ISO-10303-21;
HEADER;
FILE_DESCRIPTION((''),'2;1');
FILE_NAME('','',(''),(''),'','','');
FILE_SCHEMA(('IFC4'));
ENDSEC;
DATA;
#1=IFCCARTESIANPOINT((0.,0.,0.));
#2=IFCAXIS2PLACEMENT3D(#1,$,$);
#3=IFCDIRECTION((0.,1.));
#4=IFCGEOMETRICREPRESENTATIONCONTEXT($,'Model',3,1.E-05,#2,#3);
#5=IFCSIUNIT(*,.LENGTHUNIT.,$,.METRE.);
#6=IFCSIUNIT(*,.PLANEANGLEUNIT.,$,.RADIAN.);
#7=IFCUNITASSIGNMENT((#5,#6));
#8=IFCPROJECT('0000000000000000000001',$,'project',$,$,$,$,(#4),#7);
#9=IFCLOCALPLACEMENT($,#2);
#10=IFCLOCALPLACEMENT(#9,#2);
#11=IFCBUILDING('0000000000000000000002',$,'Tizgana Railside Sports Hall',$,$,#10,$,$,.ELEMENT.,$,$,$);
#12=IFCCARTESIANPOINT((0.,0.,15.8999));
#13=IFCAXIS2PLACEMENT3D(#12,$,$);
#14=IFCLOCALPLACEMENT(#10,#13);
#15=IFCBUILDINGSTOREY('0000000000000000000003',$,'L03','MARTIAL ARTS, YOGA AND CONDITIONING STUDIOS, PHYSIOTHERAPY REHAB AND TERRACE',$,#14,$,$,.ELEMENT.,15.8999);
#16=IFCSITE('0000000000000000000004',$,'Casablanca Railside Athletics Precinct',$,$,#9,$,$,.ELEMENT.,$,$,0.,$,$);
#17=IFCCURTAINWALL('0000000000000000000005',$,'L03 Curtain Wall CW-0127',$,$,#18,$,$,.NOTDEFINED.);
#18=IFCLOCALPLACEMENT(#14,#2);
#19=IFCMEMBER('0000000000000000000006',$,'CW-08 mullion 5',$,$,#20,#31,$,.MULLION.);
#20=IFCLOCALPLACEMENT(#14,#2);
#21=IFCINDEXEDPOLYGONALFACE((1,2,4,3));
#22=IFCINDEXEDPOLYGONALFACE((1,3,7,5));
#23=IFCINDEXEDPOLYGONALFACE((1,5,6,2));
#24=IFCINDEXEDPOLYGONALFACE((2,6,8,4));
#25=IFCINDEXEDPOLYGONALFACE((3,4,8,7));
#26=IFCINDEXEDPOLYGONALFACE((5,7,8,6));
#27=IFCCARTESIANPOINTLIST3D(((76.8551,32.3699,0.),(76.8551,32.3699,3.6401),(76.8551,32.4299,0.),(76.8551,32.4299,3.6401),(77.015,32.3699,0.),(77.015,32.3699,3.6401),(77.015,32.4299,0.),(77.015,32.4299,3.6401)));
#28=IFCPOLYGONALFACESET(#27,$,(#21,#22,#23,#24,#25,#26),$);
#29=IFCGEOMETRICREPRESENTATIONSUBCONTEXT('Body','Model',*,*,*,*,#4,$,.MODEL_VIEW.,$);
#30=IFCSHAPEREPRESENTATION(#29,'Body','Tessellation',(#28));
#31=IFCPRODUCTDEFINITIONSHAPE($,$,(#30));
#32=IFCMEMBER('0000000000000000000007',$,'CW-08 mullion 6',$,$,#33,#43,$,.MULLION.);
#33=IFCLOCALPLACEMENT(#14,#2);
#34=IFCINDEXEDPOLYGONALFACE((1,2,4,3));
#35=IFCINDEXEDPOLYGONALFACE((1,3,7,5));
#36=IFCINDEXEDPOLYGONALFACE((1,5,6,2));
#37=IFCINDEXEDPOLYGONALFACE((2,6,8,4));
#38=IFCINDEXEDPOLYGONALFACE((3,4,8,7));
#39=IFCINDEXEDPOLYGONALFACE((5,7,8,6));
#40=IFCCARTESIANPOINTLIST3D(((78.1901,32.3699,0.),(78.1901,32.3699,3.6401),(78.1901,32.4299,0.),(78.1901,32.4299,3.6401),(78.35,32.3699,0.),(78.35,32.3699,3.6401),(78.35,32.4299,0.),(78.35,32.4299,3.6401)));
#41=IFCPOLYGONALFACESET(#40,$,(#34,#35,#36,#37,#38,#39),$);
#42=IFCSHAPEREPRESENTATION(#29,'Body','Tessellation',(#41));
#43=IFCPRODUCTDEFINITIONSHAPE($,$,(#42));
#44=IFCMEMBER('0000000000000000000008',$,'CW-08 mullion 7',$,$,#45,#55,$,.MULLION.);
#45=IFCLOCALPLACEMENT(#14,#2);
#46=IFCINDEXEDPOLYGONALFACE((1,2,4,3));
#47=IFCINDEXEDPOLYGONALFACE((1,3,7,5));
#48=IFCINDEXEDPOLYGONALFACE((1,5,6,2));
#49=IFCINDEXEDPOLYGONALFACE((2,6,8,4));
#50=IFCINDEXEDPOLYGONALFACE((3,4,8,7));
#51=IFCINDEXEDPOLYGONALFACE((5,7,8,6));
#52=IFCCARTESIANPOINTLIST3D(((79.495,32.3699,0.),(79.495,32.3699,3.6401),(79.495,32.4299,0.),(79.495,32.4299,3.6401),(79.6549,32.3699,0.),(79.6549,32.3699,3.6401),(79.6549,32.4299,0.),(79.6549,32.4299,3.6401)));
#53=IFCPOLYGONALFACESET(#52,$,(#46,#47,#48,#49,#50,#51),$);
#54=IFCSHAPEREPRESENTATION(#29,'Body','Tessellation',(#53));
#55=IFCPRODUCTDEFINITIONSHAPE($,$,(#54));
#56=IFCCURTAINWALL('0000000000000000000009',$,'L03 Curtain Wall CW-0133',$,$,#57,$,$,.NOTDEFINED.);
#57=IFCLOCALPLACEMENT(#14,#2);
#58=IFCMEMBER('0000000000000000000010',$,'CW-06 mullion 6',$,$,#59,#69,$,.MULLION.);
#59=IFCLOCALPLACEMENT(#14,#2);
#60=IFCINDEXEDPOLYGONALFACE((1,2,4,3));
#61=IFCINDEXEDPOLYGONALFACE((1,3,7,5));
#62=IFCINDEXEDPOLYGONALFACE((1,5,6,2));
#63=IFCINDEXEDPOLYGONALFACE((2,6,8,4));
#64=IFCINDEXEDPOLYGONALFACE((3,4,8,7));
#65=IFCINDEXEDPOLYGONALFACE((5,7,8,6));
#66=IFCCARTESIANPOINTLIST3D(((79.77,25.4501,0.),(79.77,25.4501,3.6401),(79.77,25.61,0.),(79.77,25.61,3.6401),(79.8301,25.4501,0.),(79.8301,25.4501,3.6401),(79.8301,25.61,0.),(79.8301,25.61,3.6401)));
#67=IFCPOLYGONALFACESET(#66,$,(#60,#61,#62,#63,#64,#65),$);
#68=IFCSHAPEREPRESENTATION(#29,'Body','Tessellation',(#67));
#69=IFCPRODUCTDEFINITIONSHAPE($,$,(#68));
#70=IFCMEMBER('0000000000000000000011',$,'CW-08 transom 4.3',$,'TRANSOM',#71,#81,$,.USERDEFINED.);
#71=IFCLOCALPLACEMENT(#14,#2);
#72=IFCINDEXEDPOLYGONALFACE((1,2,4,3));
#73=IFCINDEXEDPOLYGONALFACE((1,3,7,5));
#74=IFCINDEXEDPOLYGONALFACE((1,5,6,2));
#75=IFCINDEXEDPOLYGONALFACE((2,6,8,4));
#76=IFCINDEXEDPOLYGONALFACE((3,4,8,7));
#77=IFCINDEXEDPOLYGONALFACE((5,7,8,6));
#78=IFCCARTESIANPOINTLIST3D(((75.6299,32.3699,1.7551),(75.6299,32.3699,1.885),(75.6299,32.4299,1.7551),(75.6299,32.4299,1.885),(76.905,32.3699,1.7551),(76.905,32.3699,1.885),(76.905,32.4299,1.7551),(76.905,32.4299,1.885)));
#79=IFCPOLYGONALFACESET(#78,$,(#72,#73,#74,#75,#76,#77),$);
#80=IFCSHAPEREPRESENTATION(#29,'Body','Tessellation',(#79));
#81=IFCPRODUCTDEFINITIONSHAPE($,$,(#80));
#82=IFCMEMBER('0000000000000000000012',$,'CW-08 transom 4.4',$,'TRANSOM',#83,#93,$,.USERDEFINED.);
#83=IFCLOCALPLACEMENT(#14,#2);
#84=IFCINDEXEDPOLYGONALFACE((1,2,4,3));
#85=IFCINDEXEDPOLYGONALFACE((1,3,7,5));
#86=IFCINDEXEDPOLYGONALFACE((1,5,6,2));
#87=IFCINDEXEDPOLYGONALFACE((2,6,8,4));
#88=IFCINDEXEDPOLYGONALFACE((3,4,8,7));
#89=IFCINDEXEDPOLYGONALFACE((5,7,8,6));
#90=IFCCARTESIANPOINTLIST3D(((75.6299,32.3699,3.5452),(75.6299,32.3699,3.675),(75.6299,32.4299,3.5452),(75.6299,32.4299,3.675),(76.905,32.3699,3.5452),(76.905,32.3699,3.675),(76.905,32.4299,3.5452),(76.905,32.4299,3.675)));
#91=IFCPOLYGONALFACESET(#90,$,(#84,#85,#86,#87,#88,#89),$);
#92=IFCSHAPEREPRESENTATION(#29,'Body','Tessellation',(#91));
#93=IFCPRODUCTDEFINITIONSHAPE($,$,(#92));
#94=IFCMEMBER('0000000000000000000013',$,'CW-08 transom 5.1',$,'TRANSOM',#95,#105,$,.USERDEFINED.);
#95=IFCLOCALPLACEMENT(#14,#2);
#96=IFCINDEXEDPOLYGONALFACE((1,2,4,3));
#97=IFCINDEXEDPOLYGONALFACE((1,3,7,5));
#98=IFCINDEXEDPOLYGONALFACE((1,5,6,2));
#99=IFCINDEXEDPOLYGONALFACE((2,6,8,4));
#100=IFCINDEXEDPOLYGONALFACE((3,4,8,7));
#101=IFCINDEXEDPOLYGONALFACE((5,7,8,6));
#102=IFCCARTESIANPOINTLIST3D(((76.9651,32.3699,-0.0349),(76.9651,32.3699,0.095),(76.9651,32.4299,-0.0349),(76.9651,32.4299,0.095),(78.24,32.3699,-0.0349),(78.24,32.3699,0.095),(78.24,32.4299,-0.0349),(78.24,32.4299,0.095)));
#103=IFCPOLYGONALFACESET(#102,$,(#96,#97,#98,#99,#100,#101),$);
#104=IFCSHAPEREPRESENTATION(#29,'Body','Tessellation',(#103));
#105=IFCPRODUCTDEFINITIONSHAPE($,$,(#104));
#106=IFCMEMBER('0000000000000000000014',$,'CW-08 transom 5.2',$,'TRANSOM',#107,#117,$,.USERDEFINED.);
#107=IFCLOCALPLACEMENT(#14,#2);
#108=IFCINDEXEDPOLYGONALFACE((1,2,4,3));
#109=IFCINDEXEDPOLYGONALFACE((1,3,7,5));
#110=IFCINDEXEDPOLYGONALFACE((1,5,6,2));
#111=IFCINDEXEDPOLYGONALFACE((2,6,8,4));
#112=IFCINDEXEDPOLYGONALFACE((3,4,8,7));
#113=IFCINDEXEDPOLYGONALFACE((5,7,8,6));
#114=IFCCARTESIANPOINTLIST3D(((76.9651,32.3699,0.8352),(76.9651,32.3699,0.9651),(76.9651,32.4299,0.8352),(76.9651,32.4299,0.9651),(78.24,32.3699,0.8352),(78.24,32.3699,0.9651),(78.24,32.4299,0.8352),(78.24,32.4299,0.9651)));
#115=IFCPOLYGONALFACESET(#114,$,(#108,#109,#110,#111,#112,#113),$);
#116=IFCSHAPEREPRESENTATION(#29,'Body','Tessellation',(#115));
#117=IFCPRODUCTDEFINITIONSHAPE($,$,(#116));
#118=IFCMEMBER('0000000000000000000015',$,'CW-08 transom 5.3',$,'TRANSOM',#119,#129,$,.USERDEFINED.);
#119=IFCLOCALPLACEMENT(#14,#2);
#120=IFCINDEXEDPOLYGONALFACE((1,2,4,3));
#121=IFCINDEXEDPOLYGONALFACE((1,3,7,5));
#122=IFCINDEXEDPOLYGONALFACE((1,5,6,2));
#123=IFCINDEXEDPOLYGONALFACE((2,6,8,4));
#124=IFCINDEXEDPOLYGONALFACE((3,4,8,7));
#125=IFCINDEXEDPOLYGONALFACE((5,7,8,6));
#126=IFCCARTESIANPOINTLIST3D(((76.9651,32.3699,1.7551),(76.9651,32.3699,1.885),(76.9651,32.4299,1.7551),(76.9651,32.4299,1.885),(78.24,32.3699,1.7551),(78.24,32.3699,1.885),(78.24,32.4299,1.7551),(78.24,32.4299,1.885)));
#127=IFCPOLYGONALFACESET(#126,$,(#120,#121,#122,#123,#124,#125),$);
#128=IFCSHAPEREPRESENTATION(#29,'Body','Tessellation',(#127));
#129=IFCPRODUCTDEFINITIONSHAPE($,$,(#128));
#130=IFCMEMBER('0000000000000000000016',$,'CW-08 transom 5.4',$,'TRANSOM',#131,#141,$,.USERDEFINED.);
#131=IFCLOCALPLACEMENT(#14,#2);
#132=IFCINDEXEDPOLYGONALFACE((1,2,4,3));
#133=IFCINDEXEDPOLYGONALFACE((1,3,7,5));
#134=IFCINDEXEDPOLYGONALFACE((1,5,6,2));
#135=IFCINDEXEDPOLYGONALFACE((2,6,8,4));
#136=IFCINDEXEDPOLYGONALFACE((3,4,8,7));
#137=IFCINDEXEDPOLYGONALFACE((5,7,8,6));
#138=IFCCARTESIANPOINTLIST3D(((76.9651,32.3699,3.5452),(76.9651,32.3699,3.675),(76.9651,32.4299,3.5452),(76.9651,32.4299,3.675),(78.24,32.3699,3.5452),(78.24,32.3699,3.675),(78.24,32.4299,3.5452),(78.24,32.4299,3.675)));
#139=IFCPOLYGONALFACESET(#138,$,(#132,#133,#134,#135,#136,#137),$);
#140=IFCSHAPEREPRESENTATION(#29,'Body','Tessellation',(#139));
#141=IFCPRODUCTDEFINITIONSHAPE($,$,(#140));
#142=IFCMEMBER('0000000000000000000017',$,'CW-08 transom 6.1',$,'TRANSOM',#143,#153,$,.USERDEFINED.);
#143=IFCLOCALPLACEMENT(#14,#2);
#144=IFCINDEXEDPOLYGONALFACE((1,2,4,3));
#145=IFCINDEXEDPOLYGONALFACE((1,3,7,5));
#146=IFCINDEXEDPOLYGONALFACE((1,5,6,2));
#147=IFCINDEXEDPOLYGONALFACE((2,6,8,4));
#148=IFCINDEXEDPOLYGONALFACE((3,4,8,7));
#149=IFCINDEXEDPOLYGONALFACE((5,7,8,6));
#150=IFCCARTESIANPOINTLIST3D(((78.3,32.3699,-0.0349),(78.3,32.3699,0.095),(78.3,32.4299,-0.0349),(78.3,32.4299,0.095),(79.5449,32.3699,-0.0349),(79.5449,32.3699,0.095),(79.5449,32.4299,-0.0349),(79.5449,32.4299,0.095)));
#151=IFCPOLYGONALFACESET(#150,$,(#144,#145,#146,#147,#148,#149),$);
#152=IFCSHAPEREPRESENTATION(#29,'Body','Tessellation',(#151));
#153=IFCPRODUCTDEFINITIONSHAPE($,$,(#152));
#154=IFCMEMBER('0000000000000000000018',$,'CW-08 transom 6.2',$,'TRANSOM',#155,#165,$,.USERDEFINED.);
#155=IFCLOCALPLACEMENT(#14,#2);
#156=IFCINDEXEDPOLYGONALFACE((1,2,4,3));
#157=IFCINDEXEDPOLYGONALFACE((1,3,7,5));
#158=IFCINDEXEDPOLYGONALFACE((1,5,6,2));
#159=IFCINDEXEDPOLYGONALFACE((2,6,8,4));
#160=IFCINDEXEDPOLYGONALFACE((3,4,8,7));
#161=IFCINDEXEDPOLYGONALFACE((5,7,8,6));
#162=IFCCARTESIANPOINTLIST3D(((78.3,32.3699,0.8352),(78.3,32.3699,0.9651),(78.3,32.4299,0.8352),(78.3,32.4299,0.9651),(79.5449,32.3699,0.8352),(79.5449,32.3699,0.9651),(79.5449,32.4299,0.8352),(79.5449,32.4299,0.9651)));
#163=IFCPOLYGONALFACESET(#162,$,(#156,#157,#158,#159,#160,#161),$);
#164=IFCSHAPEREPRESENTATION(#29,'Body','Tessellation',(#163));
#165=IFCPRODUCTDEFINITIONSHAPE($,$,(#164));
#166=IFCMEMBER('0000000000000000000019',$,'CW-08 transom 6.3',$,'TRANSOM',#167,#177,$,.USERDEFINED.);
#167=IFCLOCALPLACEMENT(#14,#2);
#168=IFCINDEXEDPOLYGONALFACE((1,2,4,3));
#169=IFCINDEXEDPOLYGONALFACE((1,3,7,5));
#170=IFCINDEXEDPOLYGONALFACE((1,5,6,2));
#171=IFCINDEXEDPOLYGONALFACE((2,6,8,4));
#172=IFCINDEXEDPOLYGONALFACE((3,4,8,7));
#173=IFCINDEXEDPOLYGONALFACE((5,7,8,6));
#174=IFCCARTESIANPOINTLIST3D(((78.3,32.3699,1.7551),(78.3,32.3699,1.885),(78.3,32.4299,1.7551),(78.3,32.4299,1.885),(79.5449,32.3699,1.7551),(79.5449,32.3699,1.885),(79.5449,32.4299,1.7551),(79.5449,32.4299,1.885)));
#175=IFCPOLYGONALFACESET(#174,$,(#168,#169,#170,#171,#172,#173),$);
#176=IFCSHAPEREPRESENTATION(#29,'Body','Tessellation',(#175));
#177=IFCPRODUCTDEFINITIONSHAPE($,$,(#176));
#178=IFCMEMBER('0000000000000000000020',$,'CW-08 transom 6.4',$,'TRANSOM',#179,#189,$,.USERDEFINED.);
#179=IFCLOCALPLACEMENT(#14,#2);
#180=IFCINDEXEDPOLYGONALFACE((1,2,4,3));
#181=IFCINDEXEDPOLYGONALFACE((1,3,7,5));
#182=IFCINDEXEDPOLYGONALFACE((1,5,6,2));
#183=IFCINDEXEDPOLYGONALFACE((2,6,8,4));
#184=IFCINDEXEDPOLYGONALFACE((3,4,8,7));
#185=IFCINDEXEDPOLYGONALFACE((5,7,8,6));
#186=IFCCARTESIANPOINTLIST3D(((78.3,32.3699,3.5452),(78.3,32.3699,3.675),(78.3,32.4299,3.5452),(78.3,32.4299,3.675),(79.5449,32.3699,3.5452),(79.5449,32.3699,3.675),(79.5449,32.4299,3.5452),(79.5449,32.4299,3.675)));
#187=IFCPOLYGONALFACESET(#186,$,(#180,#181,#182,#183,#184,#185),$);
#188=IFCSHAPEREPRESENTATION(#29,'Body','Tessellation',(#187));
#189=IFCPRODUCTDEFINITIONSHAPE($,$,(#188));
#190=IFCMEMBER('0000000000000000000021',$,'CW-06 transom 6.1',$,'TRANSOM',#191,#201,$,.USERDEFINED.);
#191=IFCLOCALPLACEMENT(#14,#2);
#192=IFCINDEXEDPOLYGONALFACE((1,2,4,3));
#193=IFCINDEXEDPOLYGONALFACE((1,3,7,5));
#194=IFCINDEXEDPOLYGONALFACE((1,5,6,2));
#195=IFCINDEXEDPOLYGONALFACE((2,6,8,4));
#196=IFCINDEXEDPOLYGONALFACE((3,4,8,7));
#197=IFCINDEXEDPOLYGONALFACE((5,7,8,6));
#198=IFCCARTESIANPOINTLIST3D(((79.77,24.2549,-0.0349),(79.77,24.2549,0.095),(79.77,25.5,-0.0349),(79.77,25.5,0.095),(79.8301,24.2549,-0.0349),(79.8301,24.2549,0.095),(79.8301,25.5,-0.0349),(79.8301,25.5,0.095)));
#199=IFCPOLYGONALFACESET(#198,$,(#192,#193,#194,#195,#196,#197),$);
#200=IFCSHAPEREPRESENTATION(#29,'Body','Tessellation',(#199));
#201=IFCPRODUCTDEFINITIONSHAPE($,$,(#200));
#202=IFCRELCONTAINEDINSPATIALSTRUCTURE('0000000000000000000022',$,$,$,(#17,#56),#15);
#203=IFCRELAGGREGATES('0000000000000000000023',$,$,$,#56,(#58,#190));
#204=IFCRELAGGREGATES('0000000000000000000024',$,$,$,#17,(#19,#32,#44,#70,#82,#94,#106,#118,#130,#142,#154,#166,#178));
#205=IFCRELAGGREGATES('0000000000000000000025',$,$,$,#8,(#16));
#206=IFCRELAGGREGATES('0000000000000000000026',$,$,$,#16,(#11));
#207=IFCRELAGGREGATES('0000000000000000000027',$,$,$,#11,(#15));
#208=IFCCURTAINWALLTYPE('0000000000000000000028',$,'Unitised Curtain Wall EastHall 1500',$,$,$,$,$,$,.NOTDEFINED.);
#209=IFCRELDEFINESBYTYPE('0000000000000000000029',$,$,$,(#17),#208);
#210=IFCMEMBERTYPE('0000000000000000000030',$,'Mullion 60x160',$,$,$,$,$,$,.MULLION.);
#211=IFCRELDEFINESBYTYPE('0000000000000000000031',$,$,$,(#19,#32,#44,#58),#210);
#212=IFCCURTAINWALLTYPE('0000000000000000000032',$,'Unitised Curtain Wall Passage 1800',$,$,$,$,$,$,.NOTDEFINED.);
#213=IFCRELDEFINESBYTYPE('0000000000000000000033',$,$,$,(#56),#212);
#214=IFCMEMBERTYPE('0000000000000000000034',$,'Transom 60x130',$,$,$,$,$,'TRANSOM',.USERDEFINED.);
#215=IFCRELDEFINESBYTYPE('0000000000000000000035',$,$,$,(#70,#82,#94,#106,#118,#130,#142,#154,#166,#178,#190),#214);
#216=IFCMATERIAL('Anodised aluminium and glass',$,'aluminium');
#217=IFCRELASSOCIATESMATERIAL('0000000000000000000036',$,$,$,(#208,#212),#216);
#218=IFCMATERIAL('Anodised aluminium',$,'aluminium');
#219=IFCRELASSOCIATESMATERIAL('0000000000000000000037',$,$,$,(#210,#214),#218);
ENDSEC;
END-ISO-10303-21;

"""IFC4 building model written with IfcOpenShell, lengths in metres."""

from ifc_helpers import new_model, si_unit, direction, frame, origin, origin_2d, place, context, subcontext, project, spatial, rectangle, extrude, material, material_profile, profile_set, type_object, element, aggregate, save


model = new_model("IFC4")

# Units and contexts
model_context = context("Model", 3, precision=1e-05, world=origin(), true_north=direction((0.0, 1.0)))
body_context = subcontext(model_context, "Body", "Model", "MODEL_VIEW")
ifc_project = project(units=[si_unit("LENGTHUNIT", "METRE"), si_unit("PLANEANGLEUNIT", "RADIAN")], contexts=[model_context])

# Site, building, storey
site_placement = place(None, origin())
site = spatial("IfcSite", under=ifc_project, at=site_placement, Name="Casablanca Railside Athletics Precinct", CompositionType="ELEMENT", RefElevation=0.0)
building_placement = place(site_placement, origin())
building = spatial("IfcBuilding", under=site, at=building_placement, Name="Tizgana Railside Sports Hall", CompositionType="ELEMENT")
storey_placement = place(building_placement, frame((0.0, 0.0, 15.8999)))
storey = spatial("IfcBuildingStorey", under=building, at=storey_placement, Name="L03", Description="MARTIAL ARTS, YOGA AND CONDITIONING STUDIOS, PHYSIOTHERAPY REHAB AND TERRACE", CompositionType="ELEMENT", Elevation=15.8999)

# Curtain wall, members
ifc_material_1 = material(Name="Anodised aluminium and glass", Category="aluminium")
curtain_wall_type_1 = type_object("IfcCurtainWallType", Name="Unitised Curtain Wall EastHall 1500", PredefinedType="NOTDEFINED", material=ifc_material_1)
curtain_wall_1_placement = place(storey_placement, origin())
curtain_wall_1 = element("IfcCurtainWall", 1, at=curtain_wall_1_placement, inside=storey, type_object=curtain_wall_type_1, Name="L03 Curtain Wall CW-0127", PredefinedType="NOTDEFINED")
ifc_material_2 = material(Name="Anodised aluminium", Category="aluminium")
ifc_material_profile_1 = material_profile(ifc_material_2, rectangle(XDim=0.0601, YDim=0.1599, at=origin_2d()), Name="Mullion 60x160")
ifc_profile_set_1 = profile_set([ifc_material_profile_1], Name="Anodised aluminium")
member_type_1 = type_object("IfcMemberType", Name="Mullion 60x160", PredefinedType="MULLION", material=ifc_profile_set_1)
member_1_placement = place(storey_placement, frame((76.9351, 32.3999, 0.0), z_axis=(0.0, 0.0, 1.0), x_axis=(0.0, 1.0, 0.0)))
member_1 = element("IfcMember", 2, at=member_1_placement, type_object=member_type_1, Name="CW-08 mullion 5", PredefinedType="MULLION", context=body_context, shape_type="SweptSolid", body=[
    extrude(rectangle(XDim=0.0601, YDim=0.1599, at=origin_2d()), origin(), (0.0, 0.0, 1.0), 3.6401),
])
member_2_placement = place(storey_placement, frame((78.27, 32.3999, 0.0), z_axis=(0.0, 0.0, 1.0), x_axis=(0.0, 1.0, 0.0)))
member_2 = element("IfcMember", 3, at=member_2_placement, type_object=member_type_1, Name="CW-08 mullion 6", PredefinedType="MULLION", context=body_context, shape_type="SweptSolid", body=[
    extrude(rectangle(XDim=0.0601, YDim=0.1599, at=origin_2d()), origin(), (0.0, 0.0, 1.0), 3.6401),
])
member_3_placement = place(storey_placement, frame((79.575, 32.3999, 0.0), z_axis=(0.0, 0.0, 1.0), x_axis=(0.0, 1.0, 0.0)))
member_3 = element("IfcMember", 4, at=member_3_placement, type_object=member_type_1, Name="CW-08 mullion 7", PredefinedType="MULLION", context=body_context, shape_type="SweptSolid", body=[
    extrude(rectangle(XDim=0.0601, YDim=0.1599, at=origin_2d()), origin(), (0.0, 0.0, 1.0), 3.6401),
])

# Curtain wall, member
curtain_wall_type_2 = type_object("IfcCurtainWallType", Name="Unitised Curtain Wall Passage 1800", PredefinedType="NOTDEFINED", material=ifc_material_1)
curtain_wall_2_placement = place(storey_placement, origin())
curtain_wall_2 = element("IfcCurtainWall", 5, at=curtain_wall_2_placement, inside=storey, type_object=curtain_wall_type_2, Name="L03 Curtain Wall CW-0133", PredefinedType="NOTDEFINED")
member_4_placement = place(storey_placement, frame((79.8, 25.53, 0.0), z_axis=(0.0, 0.0, 1.0), x_axis=(1.0, 0.0, 0.0)))
member_4 = element("IfcMember", 6, at=member_4_placement, type_object=member_type_1, Name="CW-06 mullion 6", PredefinedType="MULLION", context=body_context, shape_type="SweptSolid", body=[
    extrude(rectangle(XDim=0.0601, YDim=0.1599, at=origin_2d()), origin(), (0.0, 0.0, 1.0), 3.6401),
])

# Members
ifc_material_profile_2 = material_profile(ifc_material_2, rectangle(XDim=0.0601, YDim=0.1299, at=origin_2d()), Name="Transom 60x130")
ifc_profile_set_2 = profile_set([ifc_material_profile_2], Name="Anodised aluminium")
member_type_2 = type_object("IfcMemberType", Name="Transom 60x130", ElementType="TRANSOM", PredefinedType="USERDEFINED", material=ifc_profile_set_2)
member_5_placement = place(storey_placement, frame((75.6299, 32.3999, 1.8201), z_axis=(1.0, 0.0, 0.0), x_axis=(0.0, 1.0, 0.0)))
member_5 = element("IfcMember", 7, at=member_5_placement, type_object=member_type_2, Name="CW-08 transom 4.3", ObjectType="TRANSOM", PredefinedType="USERDEFINED", context=body_context, shape_type="SweptSolid", body=[
    extrude(rectangle(XDim=0.0601, YDim=0.1299, at=origin_2d()), origin(), (0.0, 0.0, 1.0), 1.2751),
])
member_6_placement = place(storey_placement, frame((75.6299, 32.3999, 3.6101), z_axis=(1.0, 0.0, 0.0), x_axis=(0.0, 1.0, 0.0)))
member_6 = element("IfcMember", 8, at=member_6_placement, type_object=member_type_2, Name="CW-08 transom 4.4", ObjectType="TRANSOM", PredefinedType="USERDEFINED", context=body_context, shape_type="SweptSolid", body=[
    extrude(rectangle(XDim=0.0601, YDim=0.1299, at=origin_2d()), origin(), (0.0, 0.0, 1.0), 1.2751),
])
member_7_placement = place(storey_placement, frame((76.9651, 32.3999, 0.03), z_axis=(1.0, 0.0, 0.0), x_axis=(0.0, 1.0, 0.0)))
member_7 = element("IfcMember", 9, at=member_7_placement, type_object=member_type_2, Name="CW-08 transom 5.1", ObjectType="TRANSOM", PredefinedType="USERDEFINED", context=body_context, shape_type="SweptSolid", body=[
    extrude(rectangle(XDim=0.0601, YDim=0.1299, at=origin_2d()), origin(), (0.0, 0.0, 1.0), 1.2749),
])
member_8_placement = place(storey_placement, frame((76.9651, 32.3999, 0.9001), z_axis=(1.0, 0.0, 0.0), x_axis=(0.0, 1.0, 0.0)))
member_8 = element("IfcMember", 10, at=member_8_placement, type_object=member_type_2, Name="CW-08 transom 5.2", ObjectType="TRANSOM", PredefinedType="USERDEFINED", context=body_context, shape_type="SweptSolid", body=[
    extrude(rectangle(XDim=0.0601, YDim=0.1299, at=origin_2d()), origin(), (0.0, 0.0, 1.0), 1.2749),
])
member_9_placement = place(storey_placement, frame((76.9651, 32.3999, 1.8201), z_axis=(1.0, 0.0, 0.0), x_axis=(0.0, 1.0, 0.0)))
member_9 = element("IfcMember", 11, at=member_9_placement, type_object=member_type_2, Name="CW-08 transom 5.3", ObjectType="TRANSOM", PredefinedType="USERDEFINED", context=body_context, shape_type="SweptSolid", body=[
    extrude(rectangle(XDim=0.0601, YDim=0.1299, at=origin_2d()), origin(), (0.0, 0.0, 1.0), 1.2749),
])
member_10_placement = place(storey_placement, frame((76.9651, 32.3999, 3.6101), z_axis=(1.0, 0.0, 0.0), x_axis=(0.0, 1.0, 0.0)))
member_10 = element("IfcMember", 12, at=member_10_placement, type_object=member_type_2, Name="CW-08 transom 5.4", ObjectType="TRANSOM", PredefinedType="USERDEFINED", context=body_context, shape_type="SweptSolid", body=[
    extrude(rectangle(XDim=0.0601, YDim=0.1299, at=origin_2d()), origin(), (0.0, 0.0, 1.0), 1.2749),
])
member_11_placement = place(storey_placement, frame((78.3, 32.3999, 0.03), z_axis=(1.0, 0.0, 0.0), x_axis=(0.0, 1.0, 0.0)))
member_11 = element("IfcMember", 13, at=member_11_placement, type_object=member_type_2, Name="CW-08 transom 6.1", ObjectType="TRANSOM", PredefinedType="USERDEFINED", context=body_context, shape_type="SweptSolid", body=[
    extrude(rectangle(XDim=0.0601, YDim=0.1299, at=origin_2d()), origin(), (0.0, 0.0, 1.0), 1.2449),
])
member_12_placement = place(storey_placement, frame((78.3, 32.3999, 0.9001), z_axis=(1.0, 0.0, 0.0), x_axis=(0.0, 1.0, 0.0)))
member_12 = element("IfcMember", 14, at=member_12_placement, type_object=member_type_2, Name="CW-08 transom 6.2", ObjectType="TRANSOM", PredefinedType="USERDEFINED", context=body_context, shape_type="SweptSolid", body=[
    extrude(rectangle(XDim=0.0601, YDim=0.1299, at=origin_2d()), origin(), (0.0, 0.0, 1.0), 1.2449),
])
member_13_placement = place(storey_placement, frame((78.3, 32.3999, 1.8201), z_axis=(1.0, 0.0, 0.0), x_axis=(0.0, 1.0, 0.0)))
member_13 = element("IfcMember", 15, at=member_13_placement, type_object=member_type_2, Name="CW-08 transom 6.3", ObjectType="TRANSOM", PredefinedType="USERDEFINED", context=body_context, shape_type="SweptSolid", body=[
    extrude(rectangle(XDim=0.0601, YDim=0.1299, at=origin_2d()), origin(), (0.0, 0.0, 1.0), 1.2449),
])
member_14_placement = place(storey_placement, frame((78.3, 32.3999, 3.6101), z_axis=(1.0, 0.0, 0.0), x_axis=(0.0, 1.0, 0.0)))
member_14 = element("IfcMember", 16, at=member_14_placement, type_object=member_type_2, Name="CW-08 transom 6.4", ObjectType="TRANSOM", PredefinedType="USERDEFINED", context=body_context, shape_type="SweptSolid", body=[
    extrude(rectangle(XDim=0.0601, YDim=0.1299, at=origin_2d()), origin(), (0.0, 0.0, 1.0), 1.2449),
])
member_15_placement = place(storey_placement, frame((79.8, 25.5, 0.03), z_axis=(0.0, -1.0, 0.0), x_axis=(1.0, 0.0, 0.0)))
member_15 = element("IfcMember", 17, at=member_15_placement, type_object=member_type_2, Name="CW-06 transom 6.1", ObjectType="TRANSOM", PredefinedType="USERDEFINED", context=body_context, shape_type="SweptSolid", body=[
    extrude(rectangle(XDim=0.0601, YDim=0.1299, at=origin_2d()), origin(), (0.0, 0.0, 1.0), 1.2451),
])

aggregate(curtain_wall_2, [member_4, member_15])
aggregate(curtain_wall_1, [member_1, member_2, member_3, member_5, member_6, member_7, member_8, member_9, member_10, member_11, member_12, member_13, member_14])

save(model, "model.ifc")
